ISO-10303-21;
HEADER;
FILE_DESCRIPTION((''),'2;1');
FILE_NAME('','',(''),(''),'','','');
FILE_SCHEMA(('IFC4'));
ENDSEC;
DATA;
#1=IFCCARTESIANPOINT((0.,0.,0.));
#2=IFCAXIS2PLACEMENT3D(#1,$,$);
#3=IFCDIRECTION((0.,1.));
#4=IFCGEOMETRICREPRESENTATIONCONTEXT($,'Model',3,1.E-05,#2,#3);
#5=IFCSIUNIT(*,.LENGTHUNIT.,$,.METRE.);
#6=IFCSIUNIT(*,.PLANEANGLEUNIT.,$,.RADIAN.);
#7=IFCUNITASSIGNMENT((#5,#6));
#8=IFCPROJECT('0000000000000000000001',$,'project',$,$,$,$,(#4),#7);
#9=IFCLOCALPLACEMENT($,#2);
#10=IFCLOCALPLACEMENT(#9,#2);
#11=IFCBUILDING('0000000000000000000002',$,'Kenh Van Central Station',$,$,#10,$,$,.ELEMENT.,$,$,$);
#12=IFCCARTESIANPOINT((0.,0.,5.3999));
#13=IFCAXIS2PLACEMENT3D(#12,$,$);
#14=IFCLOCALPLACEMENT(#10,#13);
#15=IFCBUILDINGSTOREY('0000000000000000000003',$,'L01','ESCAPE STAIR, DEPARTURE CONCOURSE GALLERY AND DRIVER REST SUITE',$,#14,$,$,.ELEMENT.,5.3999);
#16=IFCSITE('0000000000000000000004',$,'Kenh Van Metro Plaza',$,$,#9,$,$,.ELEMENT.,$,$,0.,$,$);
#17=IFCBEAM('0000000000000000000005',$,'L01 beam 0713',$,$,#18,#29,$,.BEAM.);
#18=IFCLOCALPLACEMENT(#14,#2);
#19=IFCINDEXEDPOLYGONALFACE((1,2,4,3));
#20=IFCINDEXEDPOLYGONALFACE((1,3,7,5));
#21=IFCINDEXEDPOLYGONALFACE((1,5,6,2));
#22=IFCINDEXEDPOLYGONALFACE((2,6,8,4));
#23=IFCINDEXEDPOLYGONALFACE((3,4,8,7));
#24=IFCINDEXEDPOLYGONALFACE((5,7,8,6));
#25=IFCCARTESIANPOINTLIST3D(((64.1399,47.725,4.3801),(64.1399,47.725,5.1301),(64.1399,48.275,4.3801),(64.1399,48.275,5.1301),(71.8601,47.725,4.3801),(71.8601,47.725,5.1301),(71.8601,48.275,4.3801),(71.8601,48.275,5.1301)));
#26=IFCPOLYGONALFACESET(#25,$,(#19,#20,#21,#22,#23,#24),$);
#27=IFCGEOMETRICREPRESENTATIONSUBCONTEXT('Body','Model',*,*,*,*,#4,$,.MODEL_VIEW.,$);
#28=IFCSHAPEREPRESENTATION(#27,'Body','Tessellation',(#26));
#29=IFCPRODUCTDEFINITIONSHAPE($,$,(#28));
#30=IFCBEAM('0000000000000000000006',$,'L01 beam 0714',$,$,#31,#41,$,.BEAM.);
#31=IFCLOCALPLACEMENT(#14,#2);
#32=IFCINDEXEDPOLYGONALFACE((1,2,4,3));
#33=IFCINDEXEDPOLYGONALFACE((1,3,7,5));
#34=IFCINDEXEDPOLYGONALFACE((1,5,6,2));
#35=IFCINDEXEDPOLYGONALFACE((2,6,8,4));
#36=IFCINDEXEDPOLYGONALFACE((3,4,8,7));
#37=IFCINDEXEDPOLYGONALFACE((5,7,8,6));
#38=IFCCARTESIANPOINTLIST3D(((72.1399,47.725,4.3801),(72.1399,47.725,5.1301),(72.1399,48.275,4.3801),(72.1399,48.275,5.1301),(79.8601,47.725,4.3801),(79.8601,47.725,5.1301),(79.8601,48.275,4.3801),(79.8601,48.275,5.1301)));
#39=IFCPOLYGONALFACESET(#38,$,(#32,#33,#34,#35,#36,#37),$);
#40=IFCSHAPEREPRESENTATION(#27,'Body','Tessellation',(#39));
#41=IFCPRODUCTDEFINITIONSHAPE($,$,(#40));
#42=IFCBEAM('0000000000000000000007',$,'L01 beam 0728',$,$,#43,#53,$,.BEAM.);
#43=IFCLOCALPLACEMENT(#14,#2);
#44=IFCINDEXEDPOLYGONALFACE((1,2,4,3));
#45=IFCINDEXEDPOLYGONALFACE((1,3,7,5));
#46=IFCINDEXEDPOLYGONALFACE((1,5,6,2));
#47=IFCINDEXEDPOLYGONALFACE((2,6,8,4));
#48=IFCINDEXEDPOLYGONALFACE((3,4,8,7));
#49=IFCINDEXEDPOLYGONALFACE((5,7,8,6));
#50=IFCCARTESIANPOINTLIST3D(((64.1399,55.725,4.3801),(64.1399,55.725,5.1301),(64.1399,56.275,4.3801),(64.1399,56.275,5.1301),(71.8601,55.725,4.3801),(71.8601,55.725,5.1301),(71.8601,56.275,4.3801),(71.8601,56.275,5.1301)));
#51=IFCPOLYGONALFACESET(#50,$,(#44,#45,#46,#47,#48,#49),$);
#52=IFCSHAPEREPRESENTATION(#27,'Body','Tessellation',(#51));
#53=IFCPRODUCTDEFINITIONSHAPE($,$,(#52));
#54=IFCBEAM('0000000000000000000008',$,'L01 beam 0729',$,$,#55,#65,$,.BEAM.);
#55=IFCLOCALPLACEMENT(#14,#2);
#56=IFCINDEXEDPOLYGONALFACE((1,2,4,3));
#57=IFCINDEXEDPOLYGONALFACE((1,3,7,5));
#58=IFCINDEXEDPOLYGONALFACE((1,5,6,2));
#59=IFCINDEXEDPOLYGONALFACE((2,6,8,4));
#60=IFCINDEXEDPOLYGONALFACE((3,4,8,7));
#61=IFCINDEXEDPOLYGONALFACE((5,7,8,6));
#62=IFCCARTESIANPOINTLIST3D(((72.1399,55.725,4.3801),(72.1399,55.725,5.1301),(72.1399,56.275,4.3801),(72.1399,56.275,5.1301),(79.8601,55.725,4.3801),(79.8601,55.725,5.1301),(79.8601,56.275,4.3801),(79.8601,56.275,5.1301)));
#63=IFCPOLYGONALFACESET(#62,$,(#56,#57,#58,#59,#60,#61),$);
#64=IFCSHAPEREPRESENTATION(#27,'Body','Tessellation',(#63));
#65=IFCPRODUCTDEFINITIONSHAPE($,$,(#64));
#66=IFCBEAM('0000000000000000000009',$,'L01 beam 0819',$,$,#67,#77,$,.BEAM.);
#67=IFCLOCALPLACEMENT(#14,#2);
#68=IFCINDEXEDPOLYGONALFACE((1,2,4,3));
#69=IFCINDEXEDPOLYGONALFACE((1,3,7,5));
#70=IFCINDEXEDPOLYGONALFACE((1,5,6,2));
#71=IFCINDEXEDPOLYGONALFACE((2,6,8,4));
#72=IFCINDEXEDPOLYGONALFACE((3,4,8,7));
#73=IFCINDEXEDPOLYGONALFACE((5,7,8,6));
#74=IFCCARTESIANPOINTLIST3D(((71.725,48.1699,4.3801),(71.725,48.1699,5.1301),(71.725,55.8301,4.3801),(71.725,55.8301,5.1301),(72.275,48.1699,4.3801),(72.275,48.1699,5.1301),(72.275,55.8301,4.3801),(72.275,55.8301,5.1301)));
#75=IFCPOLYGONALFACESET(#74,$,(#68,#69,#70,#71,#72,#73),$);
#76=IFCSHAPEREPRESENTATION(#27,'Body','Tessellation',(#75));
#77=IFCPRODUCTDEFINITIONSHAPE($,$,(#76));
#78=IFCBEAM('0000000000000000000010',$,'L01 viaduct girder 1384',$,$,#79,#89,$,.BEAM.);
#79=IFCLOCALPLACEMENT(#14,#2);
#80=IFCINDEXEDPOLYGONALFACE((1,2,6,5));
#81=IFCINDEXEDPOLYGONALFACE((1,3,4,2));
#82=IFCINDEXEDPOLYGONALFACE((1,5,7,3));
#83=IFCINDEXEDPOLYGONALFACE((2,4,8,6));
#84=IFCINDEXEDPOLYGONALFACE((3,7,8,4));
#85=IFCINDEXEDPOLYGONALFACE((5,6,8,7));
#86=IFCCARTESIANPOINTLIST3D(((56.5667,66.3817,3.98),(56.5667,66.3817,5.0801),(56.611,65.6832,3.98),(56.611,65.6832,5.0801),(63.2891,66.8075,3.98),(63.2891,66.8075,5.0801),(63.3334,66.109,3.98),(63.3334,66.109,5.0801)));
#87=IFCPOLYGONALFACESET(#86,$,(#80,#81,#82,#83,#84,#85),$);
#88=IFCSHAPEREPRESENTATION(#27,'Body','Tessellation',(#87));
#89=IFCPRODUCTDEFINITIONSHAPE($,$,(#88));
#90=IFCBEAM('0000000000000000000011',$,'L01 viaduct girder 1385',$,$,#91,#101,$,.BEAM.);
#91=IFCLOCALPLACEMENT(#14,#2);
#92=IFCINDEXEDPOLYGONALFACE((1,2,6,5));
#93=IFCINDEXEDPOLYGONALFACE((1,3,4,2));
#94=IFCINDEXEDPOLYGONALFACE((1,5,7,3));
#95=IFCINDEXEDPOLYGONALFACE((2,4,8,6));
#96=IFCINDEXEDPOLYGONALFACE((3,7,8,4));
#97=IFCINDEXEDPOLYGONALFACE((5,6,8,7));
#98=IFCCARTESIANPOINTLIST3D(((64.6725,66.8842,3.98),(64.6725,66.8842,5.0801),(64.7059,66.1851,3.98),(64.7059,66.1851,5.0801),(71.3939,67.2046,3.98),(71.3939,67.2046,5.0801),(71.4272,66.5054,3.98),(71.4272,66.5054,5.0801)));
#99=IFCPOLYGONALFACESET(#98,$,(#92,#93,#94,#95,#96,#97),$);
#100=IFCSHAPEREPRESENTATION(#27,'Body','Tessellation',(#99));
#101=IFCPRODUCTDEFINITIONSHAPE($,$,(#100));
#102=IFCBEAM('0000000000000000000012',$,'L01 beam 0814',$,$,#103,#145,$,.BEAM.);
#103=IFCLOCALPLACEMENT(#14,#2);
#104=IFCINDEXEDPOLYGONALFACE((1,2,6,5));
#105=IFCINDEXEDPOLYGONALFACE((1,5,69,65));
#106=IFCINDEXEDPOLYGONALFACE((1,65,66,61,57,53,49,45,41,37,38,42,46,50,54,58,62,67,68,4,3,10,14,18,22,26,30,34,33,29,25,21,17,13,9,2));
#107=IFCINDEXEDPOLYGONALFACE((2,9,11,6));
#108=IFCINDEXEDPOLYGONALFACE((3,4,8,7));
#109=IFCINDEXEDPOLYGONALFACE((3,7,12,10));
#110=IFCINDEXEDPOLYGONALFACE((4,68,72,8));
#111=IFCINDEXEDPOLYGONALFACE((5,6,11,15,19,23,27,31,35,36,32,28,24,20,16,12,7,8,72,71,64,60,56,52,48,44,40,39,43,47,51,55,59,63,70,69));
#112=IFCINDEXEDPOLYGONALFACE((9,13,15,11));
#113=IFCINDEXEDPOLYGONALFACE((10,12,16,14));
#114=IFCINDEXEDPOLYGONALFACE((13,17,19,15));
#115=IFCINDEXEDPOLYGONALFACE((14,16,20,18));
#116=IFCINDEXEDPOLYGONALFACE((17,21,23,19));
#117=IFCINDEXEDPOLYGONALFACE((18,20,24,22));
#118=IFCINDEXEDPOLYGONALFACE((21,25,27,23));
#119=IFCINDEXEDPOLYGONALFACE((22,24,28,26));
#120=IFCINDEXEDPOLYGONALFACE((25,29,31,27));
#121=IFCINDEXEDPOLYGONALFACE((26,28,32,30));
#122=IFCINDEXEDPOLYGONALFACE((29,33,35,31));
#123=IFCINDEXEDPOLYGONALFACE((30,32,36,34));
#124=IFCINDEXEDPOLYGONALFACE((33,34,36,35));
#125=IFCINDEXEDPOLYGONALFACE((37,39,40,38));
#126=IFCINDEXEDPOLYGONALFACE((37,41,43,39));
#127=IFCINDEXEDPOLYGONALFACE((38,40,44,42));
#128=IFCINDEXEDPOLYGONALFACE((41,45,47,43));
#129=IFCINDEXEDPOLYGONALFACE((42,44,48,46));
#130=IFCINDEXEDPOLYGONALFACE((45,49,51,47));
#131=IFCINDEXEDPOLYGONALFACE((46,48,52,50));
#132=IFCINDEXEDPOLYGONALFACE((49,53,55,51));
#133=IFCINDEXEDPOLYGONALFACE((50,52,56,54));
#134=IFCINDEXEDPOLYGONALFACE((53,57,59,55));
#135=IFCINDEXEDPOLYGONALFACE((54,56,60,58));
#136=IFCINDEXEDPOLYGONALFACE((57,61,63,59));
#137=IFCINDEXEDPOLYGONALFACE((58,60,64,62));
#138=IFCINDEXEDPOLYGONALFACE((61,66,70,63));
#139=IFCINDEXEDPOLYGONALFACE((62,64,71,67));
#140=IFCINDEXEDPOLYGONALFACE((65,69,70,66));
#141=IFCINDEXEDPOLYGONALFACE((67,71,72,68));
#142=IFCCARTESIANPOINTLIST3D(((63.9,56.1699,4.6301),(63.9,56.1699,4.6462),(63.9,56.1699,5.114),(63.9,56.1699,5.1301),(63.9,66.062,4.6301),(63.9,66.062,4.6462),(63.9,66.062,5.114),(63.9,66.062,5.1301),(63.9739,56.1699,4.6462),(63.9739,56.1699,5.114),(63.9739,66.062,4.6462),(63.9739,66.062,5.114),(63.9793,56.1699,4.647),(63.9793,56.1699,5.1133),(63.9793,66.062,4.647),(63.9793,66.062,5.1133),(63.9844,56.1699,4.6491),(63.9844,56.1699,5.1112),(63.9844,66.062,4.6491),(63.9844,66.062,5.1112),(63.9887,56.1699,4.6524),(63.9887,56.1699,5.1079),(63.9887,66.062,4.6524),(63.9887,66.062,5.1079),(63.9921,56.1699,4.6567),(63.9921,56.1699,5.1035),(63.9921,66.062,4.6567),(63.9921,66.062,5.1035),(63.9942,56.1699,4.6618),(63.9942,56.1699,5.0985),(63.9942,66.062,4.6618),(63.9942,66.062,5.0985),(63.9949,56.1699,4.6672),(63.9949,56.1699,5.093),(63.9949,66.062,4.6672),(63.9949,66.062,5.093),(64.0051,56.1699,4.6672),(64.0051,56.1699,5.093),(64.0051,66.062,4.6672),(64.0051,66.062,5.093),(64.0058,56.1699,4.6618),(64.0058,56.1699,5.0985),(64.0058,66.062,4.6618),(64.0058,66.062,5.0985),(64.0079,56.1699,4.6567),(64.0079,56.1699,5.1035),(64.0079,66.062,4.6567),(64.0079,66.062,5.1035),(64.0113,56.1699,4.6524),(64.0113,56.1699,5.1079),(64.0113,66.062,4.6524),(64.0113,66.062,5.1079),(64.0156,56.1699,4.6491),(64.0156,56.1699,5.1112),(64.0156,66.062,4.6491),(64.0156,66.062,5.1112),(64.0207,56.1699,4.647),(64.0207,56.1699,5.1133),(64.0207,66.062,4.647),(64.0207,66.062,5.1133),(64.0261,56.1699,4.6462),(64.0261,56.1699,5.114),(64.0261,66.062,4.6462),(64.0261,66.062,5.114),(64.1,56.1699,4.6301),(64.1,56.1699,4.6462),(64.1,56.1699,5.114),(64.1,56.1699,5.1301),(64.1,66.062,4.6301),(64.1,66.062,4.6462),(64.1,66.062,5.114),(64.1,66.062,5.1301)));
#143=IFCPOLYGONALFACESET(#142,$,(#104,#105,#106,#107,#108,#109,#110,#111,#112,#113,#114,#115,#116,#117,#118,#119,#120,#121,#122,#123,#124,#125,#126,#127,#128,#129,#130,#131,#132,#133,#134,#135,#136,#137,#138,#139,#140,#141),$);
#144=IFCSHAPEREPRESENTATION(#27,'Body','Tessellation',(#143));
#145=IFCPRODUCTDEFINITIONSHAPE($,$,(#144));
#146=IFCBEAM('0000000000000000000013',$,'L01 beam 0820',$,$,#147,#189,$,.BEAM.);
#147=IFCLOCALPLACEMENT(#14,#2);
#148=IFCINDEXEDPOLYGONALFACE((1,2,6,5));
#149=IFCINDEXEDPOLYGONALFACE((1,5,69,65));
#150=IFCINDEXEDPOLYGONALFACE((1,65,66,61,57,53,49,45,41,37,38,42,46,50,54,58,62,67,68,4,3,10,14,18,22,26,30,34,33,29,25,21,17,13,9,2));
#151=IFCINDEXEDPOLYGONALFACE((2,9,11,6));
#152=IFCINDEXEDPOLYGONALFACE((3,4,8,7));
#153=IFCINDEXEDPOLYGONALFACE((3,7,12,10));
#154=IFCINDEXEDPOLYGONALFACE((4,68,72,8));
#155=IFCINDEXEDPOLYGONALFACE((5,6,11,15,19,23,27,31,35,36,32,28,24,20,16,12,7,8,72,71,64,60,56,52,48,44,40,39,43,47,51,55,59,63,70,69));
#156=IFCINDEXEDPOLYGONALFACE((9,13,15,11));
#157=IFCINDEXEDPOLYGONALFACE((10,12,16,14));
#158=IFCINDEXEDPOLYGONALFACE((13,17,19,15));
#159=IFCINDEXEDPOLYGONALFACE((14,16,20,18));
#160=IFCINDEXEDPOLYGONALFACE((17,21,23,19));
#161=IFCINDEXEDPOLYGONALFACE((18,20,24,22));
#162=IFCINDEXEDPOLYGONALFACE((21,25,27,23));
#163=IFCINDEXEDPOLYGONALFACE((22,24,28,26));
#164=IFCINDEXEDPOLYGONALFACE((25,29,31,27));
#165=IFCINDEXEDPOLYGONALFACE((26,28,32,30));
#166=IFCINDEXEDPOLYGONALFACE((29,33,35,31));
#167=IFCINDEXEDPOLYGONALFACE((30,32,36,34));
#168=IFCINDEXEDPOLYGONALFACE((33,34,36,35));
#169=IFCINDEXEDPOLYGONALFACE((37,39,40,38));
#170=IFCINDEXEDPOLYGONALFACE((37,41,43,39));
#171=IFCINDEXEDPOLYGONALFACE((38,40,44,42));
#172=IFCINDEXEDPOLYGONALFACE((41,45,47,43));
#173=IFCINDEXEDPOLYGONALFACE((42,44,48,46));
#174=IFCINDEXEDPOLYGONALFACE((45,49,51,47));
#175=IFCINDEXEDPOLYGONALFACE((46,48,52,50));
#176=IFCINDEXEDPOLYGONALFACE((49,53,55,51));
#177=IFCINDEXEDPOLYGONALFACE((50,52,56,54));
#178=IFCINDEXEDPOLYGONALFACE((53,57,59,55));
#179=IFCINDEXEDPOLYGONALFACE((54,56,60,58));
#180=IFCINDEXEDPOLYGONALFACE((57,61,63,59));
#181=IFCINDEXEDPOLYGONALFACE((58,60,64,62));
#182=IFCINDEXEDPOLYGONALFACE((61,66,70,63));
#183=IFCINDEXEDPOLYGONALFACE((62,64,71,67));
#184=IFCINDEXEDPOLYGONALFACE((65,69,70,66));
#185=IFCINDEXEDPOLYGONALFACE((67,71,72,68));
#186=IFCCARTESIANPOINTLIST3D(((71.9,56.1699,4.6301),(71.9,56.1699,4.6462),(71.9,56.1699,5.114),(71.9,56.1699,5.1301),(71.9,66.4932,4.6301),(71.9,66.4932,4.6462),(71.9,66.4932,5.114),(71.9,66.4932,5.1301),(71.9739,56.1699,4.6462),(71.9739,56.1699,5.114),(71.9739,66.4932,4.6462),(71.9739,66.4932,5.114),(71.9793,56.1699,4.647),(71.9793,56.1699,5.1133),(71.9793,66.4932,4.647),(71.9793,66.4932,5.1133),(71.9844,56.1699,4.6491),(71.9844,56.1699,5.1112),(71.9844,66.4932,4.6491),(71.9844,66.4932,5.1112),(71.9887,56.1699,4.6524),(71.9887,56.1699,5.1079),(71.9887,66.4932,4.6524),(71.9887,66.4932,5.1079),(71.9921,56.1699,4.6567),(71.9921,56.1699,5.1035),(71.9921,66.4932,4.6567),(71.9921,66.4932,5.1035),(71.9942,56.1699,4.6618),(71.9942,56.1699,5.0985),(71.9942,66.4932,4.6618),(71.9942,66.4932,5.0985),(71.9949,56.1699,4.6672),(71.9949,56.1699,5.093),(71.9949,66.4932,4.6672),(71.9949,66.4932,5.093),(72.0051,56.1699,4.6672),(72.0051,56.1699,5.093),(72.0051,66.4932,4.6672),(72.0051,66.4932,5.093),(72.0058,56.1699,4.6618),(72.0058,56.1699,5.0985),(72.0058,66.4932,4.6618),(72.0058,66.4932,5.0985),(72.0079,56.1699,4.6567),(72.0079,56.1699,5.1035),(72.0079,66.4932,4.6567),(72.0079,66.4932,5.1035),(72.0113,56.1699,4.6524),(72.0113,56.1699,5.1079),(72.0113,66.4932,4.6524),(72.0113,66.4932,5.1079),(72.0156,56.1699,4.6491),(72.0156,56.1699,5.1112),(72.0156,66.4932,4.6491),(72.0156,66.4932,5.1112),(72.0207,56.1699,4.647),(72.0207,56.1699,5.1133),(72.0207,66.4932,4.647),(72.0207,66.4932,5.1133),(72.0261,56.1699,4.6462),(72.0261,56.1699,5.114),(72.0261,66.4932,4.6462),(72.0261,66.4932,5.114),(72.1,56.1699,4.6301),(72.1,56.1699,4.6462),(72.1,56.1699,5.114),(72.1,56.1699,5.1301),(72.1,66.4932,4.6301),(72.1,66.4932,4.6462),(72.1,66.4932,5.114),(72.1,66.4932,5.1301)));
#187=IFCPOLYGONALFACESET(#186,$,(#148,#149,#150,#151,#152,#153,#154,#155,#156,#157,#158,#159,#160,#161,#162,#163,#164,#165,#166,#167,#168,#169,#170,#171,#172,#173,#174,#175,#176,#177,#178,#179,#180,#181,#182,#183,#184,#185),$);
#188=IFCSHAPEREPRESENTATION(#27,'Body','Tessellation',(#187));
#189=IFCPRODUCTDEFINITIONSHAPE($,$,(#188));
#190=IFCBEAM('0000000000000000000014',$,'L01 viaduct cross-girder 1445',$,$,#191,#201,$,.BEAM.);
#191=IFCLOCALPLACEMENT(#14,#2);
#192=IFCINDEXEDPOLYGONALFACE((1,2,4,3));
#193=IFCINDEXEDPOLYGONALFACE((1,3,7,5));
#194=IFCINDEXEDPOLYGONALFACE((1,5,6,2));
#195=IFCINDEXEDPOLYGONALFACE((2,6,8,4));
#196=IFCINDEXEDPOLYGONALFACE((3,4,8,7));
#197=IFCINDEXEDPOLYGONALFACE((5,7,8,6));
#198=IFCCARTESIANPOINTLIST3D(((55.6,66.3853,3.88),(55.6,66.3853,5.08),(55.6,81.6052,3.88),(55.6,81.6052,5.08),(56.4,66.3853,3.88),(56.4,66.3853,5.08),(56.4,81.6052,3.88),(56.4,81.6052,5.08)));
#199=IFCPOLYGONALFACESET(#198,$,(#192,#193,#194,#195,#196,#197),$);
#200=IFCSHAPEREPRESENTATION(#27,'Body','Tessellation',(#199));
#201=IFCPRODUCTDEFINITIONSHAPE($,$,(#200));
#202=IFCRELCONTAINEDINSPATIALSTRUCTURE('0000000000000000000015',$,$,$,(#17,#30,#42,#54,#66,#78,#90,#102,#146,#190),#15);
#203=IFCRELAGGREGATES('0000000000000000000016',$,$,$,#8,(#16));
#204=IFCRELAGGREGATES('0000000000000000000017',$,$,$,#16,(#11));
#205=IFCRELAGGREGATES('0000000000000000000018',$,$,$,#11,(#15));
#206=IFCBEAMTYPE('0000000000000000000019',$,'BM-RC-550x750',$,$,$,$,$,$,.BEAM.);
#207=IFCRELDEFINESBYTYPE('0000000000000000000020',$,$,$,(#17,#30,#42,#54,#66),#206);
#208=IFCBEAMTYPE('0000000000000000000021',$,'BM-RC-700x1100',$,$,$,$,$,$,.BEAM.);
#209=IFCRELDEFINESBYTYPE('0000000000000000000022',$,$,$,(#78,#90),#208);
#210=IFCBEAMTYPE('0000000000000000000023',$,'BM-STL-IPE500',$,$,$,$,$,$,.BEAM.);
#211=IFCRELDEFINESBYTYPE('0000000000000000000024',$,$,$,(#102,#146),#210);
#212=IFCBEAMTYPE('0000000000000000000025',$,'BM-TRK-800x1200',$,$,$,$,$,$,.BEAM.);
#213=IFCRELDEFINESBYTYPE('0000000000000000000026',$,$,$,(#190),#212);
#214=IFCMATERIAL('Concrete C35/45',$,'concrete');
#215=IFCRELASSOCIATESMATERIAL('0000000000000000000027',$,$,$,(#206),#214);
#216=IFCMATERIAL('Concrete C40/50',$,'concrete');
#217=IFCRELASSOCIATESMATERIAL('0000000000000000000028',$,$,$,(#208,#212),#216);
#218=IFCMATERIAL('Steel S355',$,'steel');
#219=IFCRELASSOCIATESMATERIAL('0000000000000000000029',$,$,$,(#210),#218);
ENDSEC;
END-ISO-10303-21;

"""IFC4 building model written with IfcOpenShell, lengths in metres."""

from ifc_helpers import new_model, si_unit, direction, frame, origin, origin_2d, place, context, subcontext, project, spatial, rectangle, i_section, extrude, material, material_profile, profile_set, type_object, element, save


model = new_model("IFC4")

# Units and contexts
model_context = context("Model", 3, precision=1e-05, world=origin(), true_north=direction((0.0, 1.0)))
body_context = subcontext(model_context, "Body", "Model", "MODEL_VIEW")
ifc_project = project(units=[si_unit("LENGTHUNIT", "METRE"), si_unit("PLANEANGLEUNIT", "RADIAN")], contexts=[model_context])

# Site, building, storey
site_placement = place(None, origin())
site = spatial("IfcSite", under=ifc_project, at=site_placement, Name="Kenh Van Metro Plaza", CompositionType="ELEMENT", RefElevation=0.0)
building_placement = place(site_placement, origin())
building = spatial("IfcBuilding", under=site, at=building_placement, Name="Kenh Van Central Station", CompositionType="ELEMENT")
storey_placement = place(building_placement, frame((0.0, 0.0, 5.3999)))
storey = spatial("IfcBuildingStorey", under=building, at=storey_placement, Name="L01", Description="ESCAPE STAIR, DEPARTURE CONCOURSE GALLERY AND DRIVER REST SUITE", CompositionType="ELEMENT", Elevation=5.3999)

# Shared definitions
ifc_material_1 = material(Name="Concrete C40/50", Category="concrete")
ifc_material_2 = material(Name="Steel S355", Category="steel")

# Beams
ifc_material_3 = material(Name="Concrete C35/45", Category="concrete")
ifc_material_profile_1 = material_profile(ifc_material_3, rectangle(XDim=0.55, YDim=0.75, at=origin_2d()), Name="RC 550x750")
ifc_profile_set_1 = profile_set([ifc_material_profile_1], Name="Concrete C35/45")
beam_type_1 = type_object("IfcBeamType", Name="BM-RC-550x750", PredefinedType="BEAM", material=ifc_profile_set_1)
for number, where, z_axis, x_axis, name in (
    (1, (64.1399, 48.0, 4.7551), (1.0, 0.0, 0.0), (0.0, 1.0, 0.0), "L01 beam 0713"),
    (2, (72.1399, 48.0, 4.7551), (1.0, 0.0, 0.0), (0.0, 1.0, 0.0), "L01 beam 0714"),
    (3, (64.1399, 56.0, 4.7551), (1.0, 0.0, 0.0), (0.0, 1.0, 0.0), "L01 beam 0728"),
    (4, (72.1399, 56.0, 4.7551), (1.0, 0.0, 0.0), (0.0, 1.0, 0.0), "L01 beam 0729"),
):
    element("IfcBeam", number, at=place(storey_placement, frame(where, z_axis=z_axis, x_axis=x_axis)), inside=storey, type_object=beam_type_1, Name=name, PredefinedType="BEAM", context=body_context, shape_type="SweptSolid", body=[
        extrude(rectangle(XDim=0.55, YDim=0.75, at=origin_2d()), origin(), (0.0, 0.0, 1.0), 7.7202),
    ])
beam_1_placement = place(storey_placement, frame((72.0, 48.1699, 4.7551), z_axis=(0.0, 1.0, 0.0), x_axis=(-1.0, 0.0, 0.0)))
element("IfcBeam", 5, at=beam_1_placement, inside=storey, type_object=beam_type_1, Name="L01 beam 0819", PredefinedType="BEAM", context=body_context, shape_type="SweptSolid", body=[
    extrude(rectangle(XDim=0.55, YDim=0.75, at=origin_2d()), origin(), (0.0, 0.0, 1.0), 7.6602),
])
ifc_material_profile_2 = material_profile(ifc_material_1, rectangle(XDim=0.7, YDim=1.1001, at=origin_2d()), Name="RC 700x1100")
ifc_profile_set_2 = profile_set([ifc_material_profile_2], Name="Concrete C40/50")
beam_type_2 = type_object("IfcBeamType", Name="BM-RC-700x1100", PredefinedType="BEAM", material=ifc_profile_set_2)
beam_2_placement = place(storey_placement, frame((56.5889, 66.0325, 4.53), z_axis=(0.998, 0.063211, 0.0), x_axis=(-0.063211, 0.998, 0.0)))
element("IfcBeam", 6, at=beam_2_placement, inside=storey, type_object=beam_type_2, Name="L01 viaduct girder 1384", PredefinedType="BEAM", context=body_context, shape_type="SweptSolid", body=[
    extrude(rectangle(XDim=0.7, YDim=1.1001, at=origin_2d()), origin(), (0.0, 0.0, 1.0), 6.7358),
])
beam_3_placement = place(storey_placement, frame((64.6892, 66.5347, 4.53), z_axis=(0.998866, 0.047601, 0.0), x_axis=(-0.047601, 0.998866, 0.0)))
element("IfcBeam", 7, at=beam_3_placement, inside=storey, type_object=beam_type_2, Name="L01 viaduct girder 1385", PredefinedType="BEAM", context=body_context, shape_type="SweptSolid", body=[
    extrude(rectangle(XDim=0.7, YDim=1.1001, at=origin_2d()), origin(), (0.0, 0.0, 1.0), 6.729),
])
ifc_material_profile_3 = material_profile(ifc_material_2, i_section(OverallWidth=0.2, OverallDepth=0.5, WebThickness=0.0103, FlangeThickness=0.0161, FilletRadius=0.021, at=origin_2d()), Name="IPE 500")
ifc_profile_set_3 = profile_set([ifc_material_profile_3], Name="Steel S355")
beam_type_3 = type_object("IfcBeamType", Name="BM-STL-IPE500", PredefinedType="BEAM", material=ifc_profile_set_3)
beam_4_placement = place(storey_placement, frame((64.0, 56.1699, 4.8801), z_axis=(0.0, 1.0, 0.0), x_axis=(-1.0, 0.0, 0.0)))
element("IfcBeam", 8, at=beam_4_placement, inside=storey, type_object=beam_type_3, Name="L01 beam 0814", PredefinedType="BEAM", context=body_context, shape_type="SweptSolid", body=[
    extrude(i_section(OverallWidth=0.2, OverallDepth=0.5, WebThickness=0.0103, FlangeThickness=0.0161, FilletRadius=0.021, at=origin_2d()), origin(), (0.0, 0.0, 1.0), 9.8921),
])
beam_5_placement = place(storey_placement, frame((72.0, 56.1699, 4.8801), z_axis=(0.0, 1.0, 0.0), x_axis=(-1.0, 0.0, 0.0)))
element("IfcBeam", 9, at=beam_5_placement, inside=storey, type_object=beam_type_3, Name="L01 beam 0820", PredefinedType="BEAM", context=body_context, shape_type="SweptSolid", body=[
    extrude(i_section(OverallWidth=0.2, OverallDepth=0.5, WebThickness=0.0103, FlangeThickness=0.0161, FilletRadius=0.021, at=origin_2d()), origin(), (0.0, 0.0, 1.0), 10.3232),
])
ifc_material_profile_4 = material_profile(ifc_material_1, rectangle(XDim=0.8, YDim=1.2, at=origin_2d()), Name="RC 800x1200")
ifc_profile_set_4 = profile_set([ifc_material_profile_4], Name="Concrete C40/50")
beam_type_4 = type_object("IfcBeamType", Name="BM-TRK-800x1200", PredefinedType="BEAM", material=ifc_profile_set_4)
beam_6_placement = place(storey_placement, frame((56.0, 66.3853, 4.48), z_axis=(0.0, 1.0, 0.0), x_axis=(-1.0, 0.0, 0.0)))
element("IfcBeam", 10, at=beam_6_placement, inside=storey, type_object=beam_type_4, Name="L01 viaduct cross-girder 1445", PredefinedType="BEAM", context=body_context, shape_type="SweptSolid", body=[
    extrude(rectangle(XDim=0.8, YDim=1.2, at=origin_2d()), origin(), (0.0, 0.0, 1.0), 15.22),
])

save(model, "model.ifc")
